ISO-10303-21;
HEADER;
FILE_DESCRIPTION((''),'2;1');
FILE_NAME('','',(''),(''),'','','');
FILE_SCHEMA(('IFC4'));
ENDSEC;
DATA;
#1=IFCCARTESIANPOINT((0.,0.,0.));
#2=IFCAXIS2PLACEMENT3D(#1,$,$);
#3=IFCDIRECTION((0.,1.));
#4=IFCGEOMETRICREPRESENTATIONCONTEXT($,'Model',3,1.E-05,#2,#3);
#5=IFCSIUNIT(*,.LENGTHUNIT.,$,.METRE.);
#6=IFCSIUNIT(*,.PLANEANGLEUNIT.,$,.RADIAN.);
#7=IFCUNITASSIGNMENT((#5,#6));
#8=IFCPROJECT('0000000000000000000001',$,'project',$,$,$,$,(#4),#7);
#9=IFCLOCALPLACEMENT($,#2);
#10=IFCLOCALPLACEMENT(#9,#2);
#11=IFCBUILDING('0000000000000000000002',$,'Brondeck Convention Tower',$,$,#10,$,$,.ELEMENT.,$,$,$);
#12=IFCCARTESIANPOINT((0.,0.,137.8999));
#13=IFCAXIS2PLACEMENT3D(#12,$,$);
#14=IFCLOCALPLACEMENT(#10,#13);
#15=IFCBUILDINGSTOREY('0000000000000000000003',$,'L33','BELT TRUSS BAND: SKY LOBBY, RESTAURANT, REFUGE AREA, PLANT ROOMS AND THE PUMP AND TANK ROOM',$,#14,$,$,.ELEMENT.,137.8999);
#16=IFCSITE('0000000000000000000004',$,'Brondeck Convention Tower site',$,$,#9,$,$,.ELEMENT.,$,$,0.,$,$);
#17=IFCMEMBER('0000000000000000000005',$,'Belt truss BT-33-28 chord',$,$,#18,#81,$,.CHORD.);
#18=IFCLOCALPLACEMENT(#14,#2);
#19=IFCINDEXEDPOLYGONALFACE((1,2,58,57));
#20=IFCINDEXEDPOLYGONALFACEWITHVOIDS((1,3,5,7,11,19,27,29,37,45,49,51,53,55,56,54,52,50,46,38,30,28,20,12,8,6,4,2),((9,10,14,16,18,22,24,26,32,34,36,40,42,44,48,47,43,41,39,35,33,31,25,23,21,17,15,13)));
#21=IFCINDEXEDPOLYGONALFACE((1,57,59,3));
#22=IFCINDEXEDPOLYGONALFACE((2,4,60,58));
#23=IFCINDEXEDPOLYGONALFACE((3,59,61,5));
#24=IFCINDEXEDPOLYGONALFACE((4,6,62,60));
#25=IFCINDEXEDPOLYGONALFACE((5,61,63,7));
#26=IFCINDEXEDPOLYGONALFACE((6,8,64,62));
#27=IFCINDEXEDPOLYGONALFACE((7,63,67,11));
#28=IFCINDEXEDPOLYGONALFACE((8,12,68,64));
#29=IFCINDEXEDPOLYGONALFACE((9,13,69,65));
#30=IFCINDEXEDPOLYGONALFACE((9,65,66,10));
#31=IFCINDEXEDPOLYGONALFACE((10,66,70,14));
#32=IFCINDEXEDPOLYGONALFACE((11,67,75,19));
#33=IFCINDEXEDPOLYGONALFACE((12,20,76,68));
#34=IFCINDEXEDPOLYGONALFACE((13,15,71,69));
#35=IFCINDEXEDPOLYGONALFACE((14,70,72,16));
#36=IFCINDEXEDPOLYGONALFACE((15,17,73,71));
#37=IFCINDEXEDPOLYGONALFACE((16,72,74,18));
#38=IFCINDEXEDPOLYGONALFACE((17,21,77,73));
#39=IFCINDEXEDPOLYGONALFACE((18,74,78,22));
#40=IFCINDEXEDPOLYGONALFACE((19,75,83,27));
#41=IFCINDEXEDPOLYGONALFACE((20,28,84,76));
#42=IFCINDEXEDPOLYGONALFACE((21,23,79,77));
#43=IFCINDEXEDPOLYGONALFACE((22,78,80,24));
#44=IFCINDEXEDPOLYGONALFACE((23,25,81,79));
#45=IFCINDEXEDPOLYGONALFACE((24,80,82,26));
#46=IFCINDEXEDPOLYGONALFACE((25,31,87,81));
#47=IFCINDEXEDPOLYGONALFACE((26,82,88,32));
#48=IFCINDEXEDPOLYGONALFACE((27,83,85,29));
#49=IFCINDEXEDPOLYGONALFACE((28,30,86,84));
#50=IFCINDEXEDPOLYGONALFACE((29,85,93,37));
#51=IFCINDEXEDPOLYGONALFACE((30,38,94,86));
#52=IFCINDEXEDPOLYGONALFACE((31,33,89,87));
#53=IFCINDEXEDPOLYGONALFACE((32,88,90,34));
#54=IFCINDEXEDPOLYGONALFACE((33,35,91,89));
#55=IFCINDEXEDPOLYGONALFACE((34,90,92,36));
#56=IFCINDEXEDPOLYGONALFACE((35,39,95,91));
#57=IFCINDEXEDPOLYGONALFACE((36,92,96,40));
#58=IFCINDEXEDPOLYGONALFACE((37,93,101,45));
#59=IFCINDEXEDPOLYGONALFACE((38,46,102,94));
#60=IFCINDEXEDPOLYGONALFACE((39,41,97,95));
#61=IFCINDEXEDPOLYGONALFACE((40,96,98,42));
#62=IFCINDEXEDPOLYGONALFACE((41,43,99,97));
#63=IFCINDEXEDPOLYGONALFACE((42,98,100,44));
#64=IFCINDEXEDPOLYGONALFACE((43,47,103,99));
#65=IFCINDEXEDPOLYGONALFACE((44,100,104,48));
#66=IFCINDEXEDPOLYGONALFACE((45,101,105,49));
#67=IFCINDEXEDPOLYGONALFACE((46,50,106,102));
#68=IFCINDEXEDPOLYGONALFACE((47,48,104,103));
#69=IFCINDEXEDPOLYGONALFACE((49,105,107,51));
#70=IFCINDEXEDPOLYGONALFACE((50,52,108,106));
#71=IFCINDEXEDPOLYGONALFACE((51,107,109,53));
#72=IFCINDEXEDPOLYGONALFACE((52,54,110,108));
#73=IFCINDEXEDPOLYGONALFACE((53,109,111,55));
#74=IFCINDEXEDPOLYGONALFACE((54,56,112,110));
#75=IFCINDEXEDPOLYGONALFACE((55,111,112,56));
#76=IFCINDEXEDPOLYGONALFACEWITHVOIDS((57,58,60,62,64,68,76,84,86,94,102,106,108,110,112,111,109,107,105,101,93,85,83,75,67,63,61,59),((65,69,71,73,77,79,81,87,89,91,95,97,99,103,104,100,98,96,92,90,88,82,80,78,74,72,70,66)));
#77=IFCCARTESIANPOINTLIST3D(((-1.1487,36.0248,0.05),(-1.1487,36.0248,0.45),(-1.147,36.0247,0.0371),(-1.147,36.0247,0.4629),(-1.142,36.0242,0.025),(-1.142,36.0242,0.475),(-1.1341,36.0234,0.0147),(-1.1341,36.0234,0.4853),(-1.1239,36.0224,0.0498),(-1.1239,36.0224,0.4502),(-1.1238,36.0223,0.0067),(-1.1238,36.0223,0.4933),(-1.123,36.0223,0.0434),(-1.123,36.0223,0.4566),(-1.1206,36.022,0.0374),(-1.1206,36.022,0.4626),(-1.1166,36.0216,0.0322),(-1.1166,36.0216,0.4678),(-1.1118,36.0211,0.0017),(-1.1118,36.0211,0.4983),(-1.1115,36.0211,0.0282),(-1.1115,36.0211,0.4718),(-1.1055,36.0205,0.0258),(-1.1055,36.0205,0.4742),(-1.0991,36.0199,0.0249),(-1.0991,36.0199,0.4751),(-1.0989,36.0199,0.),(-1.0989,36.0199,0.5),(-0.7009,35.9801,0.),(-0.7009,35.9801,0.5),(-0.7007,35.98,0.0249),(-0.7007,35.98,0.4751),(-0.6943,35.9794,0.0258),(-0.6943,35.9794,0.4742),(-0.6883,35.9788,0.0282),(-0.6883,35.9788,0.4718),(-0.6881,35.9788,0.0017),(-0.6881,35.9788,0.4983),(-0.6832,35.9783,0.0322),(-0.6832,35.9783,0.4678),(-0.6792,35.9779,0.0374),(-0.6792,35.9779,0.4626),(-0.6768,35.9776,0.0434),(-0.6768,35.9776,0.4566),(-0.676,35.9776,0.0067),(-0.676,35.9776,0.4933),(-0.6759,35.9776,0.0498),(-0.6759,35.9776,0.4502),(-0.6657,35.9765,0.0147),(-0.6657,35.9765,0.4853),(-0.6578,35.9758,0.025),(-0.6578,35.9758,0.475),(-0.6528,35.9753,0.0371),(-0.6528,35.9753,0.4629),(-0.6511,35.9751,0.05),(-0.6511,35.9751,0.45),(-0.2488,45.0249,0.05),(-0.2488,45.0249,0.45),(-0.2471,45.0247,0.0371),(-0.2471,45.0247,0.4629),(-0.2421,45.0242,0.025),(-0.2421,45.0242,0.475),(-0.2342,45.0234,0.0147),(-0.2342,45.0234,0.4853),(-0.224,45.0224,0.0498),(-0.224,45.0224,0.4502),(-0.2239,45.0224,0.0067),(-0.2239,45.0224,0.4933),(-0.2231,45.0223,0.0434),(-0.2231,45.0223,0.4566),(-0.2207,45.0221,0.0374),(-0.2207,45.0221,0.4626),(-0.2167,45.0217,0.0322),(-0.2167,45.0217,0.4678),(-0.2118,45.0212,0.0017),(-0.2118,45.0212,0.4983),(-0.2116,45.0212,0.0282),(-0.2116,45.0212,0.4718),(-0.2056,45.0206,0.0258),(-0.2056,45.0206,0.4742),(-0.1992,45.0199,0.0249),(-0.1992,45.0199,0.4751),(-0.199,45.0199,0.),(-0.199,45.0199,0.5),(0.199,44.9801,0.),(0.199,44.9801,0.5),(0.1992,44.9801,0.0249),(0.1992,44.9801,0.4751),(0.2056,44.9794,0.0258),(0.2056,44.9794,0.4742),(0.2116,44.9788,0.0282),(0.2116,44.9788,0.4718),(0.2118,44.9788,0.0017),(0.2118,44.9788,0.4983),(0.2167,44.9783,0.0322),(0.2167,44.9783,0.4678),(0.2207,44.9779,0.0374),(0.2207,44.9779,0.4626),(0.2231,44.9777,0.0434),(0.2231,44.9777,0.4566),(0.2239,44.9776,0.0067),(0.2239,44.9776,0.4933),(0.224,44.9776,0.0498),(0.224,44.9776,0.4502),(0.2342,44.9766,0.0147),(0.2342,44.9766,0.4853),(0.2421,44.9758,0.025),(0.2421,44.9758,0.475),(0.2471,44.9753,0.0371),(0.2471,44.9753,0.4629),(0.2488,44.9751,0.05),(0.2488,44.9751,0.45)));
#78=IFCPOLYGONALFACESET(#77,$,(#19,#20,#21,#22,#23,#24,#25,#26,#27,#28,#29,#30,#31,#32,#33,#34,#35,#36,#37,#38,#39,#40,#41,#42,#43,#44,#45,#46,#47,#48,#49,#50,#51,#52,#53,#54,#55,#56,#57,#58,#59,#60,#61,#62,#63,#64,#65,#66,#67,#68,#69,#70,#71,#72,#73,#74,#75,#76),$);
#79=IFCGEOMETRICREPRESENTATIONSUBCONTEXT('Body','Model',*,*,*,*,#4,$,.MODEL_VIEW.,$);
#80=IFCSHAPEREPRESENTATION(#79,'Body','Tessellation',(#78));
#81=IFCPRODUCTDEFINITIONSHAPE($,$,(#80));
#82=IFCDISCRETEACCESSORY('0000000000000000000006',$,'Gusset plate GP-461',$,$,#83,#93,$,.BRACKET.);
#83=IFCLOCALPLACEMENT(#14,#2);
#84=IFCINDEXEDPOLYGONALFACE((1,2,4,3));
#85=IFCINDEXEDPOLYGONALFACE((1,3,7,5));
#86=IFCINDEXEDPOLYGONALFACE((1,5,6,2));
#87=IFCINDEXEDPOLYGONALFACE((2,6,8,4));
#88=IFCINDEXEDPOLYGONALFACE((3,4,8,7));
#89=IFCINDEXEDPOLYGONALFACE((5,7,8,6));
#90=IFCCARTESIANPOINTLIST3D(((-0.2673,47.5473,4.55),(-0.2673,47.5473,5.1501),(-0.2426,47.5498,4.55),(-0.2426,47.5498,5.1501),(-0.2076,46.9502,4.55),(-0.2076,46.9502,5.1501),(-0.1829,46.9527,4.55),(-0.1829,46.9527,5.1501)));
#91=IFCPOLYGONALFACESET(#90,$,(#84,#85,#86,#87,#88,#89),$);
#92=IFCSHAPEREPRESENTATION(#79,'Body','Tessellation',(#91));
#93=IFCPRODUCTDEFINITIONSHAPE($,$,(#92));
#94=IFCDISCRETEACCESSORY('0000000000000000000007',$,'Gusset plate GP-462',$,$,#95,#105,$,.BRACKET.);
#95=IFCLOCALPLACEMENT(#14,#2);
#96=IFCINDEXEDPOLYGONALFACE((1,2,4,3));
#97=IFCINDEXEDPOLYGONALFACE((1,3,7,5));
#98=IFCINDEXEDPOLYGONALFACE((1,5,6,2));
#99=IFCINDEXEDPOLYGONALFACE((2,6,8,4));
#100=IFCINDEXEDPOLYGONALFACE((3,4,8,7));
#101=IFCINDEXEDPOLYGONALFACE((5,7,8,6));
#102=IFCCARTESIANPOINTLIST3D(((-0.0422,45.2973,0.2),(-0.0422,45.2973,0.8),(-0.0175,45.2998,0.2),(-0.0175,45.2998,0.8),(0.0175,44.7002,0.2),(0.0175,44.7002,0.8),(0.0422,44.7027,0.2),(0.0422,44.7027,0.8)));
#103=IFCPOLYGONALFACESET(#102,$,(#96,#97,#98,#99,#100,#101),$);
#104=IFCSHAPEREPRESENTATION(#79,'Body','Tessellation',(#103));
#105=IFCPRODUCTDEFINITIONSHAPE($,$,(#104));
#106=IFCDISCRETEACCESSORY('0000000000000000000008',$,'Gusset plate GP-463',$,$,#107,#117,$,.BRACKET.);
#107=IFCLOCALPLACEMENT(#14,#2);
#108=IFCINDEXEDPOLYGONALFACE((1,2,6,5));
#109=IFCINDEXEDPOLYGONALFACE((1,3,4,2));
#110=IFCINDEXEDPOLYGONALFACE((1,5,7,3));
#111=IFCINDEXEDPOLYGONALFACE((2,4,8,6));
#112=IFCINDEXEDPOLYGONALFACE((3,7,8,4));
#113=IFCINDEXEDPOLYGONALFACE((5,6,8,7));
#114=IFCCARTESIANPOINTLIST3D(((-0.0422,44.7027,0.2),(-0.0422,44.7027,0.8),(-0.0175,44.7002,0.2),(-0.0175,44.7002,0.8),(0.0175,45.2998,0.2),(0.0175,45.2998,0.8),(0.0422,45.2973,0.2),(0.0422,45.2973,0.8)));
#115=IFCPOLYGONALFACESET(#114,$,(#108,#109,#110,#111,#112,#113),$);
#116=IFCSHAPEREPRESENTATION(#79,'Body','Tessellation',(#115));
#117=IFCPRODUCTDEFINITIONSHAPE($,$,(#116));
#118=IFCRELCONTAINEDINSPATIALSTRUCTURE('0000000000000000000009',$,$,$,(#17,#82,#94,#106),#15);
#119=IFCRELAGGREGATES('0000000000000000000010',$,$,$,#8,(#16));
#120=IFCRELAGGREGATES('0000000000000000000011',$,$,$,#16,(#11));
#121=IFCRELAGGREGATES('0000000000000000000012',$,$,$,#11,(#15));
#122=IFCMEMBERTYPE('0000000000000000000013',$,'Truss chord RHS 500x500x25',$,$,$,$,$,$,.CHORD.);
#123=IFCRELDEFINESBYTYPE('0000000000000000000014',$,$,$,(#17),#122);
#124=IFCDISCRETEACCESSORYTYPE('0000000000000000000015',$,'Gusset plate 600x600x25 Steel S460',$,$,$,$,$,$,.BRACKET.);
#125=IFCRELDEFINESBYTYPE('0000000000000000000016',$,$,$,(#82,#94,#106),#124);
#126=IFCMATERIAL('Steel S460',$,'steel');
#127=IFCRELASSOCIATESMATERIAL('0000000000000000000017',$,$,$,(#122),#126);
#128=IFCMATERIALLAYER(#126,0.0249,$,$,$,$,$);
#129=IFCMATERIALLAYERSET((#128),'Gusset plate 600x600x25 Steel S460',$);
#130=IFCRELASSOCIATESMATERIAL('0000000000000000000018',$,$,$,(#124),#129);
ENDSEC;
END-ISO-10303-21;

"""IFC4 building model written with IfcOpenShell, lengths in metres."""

from ifc_helpers import new_model, si_unit, direction, frame, origin, origin_2d, place, context, subcontext, project, spatial, rectangle, hollow_rectangle, extrude, material, layer, layer_set, material_profile, profile_set, type_object, element, save


model = new_model("IFC4")

# Units and contexts
model_context = context("Model", 3, precision=1e-05, world=origin(), true_north=direction((0.0, 1.0)))
body_context = subcontext(model_context, "Body", "Model", "MODEL_VIEW")
ifc_project = project(units=[si_unit("LENGTHUNIT", "METRE"), si_unit("PLANEANGLEUNIT", "RADIAN")], contexts=[model_context])

# Site, building, storey
site_placement = place(None, origin())
site = spatial("IfcSite", under=ifc_project, at=site_placement, Name="Brondeck Convention Tower site", CompositionType="ELEMENT", RefElevation=0.0)
building_placement = place(site_placement, origin())
building = spatial("IfcBuilding", under=site, at=building_placement, Name="Brondeck Convention Tower", CompositionType="ELEMENT")
storey_placement = place(building_placement, frame((0.0, 0.0, 137.8999)))
storey = spatial("IfcBuildingStorey", under=building, at=storey_placement, Name="L33", Description="BELT TRUSS BAND: SKY LOBBY, RESTAURANT, REFUGE AREA, PLANT ROOMS AND THE PUMP AND TANK ROOM", CompositionType="ELEMENT", Elevation=137.8999)

# Shared definitions
ifc_material_1 = material(Name="Steel S460", Category="steel")

# Member
ifc_material_profile_1 = material_profile(ifc_material_1, hollow_rectangle(XDim=0.5, YDim=0.5, WallThickness=0.0249, InnerFilletRadius=0.0249, OuterFilletRadius=0.05, at=origin_2d()), Name="RHS 500x500x25")
ifc_profile_set_1 = profile_set([ifc_material_profile_1], Name="Steel S460")
member_type_1 = type_object("IfcMemberType", Name="Truss chord RHS 500x500x25", PredefinedType="CHORD", material=ifc_profile_set_1)
member_placement = place(storey_placement, frame((0.0, 45.0, 0.25), z_axis=(-0.099493, -0.995038, 0.0), x_axis=(0.995038, -0.099493, 0.0)))
element("IfcMember", 1, at=member_placement, inside=storey, type_object=member_type_1, Name="Belt truss BT-33-28 chord", PredefinedType="CHORD", context=body_context, shape_type="SweptSolid", body=[
    extrude(hollow_rectangle(XDim=0.5, YDim=0.5, WallThickness=0.0249, InnerFilletRadius=0.0249, OuterFilletRadius=0.05, at=origin_2d()), origin(), (0.0, 0.0, 1.0), 9.0449),
])

# Discrete accessories
ifc_layer = layer(ifc_material_1, 0.0249)
ifc_layer_set = layer_set([ifc_layer], Name="Gusset plate 600x600x25 Steel S460")
discrete_accessory_type = type_object("IfcDiscreteAccessoryType", Name="Gusset plate 600x600x25 Steel S460", PredefinedType="BRACKET", material=ifc_layer_set)
for number, where, z_axis, x_axis, name in (
    (2, (-0.2251, 47.25, 4.55), (0.0, 0.0, 1.0), (-0.099511, 0.995036, 0.0), "Gusset plate GP-461"),
    (3, (0.0, 45.0, 0.2), (0.0, 0.0, 1.0), (-0.099511, 0.995036, 0.0), "Gusset plate GP-462"),
    (4, (0.0, 45.0, 0.2), (0.0, 0.0, 1.0), (0.099511, 0.995036, 0.0), "Gusset plate GP-463"),
):
    element("IfcDiscreteAccessory", number, at=place(storey_placement, frame(where, z_axis=z_axis, x_axis=x_axis)), inside=storey, type_object=discrete_accessory_type, Name=name, PredefinedType="BRACKET", context=body_context, shape_type="SweptSolid", body=[
        extrude(rectangle(XDim=0.6001, YDim=0.0249, at=origin_2d()), origin(), (0.0, 0.0, 1.0), 0.6001),
    ])

save(model, "model.ifc")
